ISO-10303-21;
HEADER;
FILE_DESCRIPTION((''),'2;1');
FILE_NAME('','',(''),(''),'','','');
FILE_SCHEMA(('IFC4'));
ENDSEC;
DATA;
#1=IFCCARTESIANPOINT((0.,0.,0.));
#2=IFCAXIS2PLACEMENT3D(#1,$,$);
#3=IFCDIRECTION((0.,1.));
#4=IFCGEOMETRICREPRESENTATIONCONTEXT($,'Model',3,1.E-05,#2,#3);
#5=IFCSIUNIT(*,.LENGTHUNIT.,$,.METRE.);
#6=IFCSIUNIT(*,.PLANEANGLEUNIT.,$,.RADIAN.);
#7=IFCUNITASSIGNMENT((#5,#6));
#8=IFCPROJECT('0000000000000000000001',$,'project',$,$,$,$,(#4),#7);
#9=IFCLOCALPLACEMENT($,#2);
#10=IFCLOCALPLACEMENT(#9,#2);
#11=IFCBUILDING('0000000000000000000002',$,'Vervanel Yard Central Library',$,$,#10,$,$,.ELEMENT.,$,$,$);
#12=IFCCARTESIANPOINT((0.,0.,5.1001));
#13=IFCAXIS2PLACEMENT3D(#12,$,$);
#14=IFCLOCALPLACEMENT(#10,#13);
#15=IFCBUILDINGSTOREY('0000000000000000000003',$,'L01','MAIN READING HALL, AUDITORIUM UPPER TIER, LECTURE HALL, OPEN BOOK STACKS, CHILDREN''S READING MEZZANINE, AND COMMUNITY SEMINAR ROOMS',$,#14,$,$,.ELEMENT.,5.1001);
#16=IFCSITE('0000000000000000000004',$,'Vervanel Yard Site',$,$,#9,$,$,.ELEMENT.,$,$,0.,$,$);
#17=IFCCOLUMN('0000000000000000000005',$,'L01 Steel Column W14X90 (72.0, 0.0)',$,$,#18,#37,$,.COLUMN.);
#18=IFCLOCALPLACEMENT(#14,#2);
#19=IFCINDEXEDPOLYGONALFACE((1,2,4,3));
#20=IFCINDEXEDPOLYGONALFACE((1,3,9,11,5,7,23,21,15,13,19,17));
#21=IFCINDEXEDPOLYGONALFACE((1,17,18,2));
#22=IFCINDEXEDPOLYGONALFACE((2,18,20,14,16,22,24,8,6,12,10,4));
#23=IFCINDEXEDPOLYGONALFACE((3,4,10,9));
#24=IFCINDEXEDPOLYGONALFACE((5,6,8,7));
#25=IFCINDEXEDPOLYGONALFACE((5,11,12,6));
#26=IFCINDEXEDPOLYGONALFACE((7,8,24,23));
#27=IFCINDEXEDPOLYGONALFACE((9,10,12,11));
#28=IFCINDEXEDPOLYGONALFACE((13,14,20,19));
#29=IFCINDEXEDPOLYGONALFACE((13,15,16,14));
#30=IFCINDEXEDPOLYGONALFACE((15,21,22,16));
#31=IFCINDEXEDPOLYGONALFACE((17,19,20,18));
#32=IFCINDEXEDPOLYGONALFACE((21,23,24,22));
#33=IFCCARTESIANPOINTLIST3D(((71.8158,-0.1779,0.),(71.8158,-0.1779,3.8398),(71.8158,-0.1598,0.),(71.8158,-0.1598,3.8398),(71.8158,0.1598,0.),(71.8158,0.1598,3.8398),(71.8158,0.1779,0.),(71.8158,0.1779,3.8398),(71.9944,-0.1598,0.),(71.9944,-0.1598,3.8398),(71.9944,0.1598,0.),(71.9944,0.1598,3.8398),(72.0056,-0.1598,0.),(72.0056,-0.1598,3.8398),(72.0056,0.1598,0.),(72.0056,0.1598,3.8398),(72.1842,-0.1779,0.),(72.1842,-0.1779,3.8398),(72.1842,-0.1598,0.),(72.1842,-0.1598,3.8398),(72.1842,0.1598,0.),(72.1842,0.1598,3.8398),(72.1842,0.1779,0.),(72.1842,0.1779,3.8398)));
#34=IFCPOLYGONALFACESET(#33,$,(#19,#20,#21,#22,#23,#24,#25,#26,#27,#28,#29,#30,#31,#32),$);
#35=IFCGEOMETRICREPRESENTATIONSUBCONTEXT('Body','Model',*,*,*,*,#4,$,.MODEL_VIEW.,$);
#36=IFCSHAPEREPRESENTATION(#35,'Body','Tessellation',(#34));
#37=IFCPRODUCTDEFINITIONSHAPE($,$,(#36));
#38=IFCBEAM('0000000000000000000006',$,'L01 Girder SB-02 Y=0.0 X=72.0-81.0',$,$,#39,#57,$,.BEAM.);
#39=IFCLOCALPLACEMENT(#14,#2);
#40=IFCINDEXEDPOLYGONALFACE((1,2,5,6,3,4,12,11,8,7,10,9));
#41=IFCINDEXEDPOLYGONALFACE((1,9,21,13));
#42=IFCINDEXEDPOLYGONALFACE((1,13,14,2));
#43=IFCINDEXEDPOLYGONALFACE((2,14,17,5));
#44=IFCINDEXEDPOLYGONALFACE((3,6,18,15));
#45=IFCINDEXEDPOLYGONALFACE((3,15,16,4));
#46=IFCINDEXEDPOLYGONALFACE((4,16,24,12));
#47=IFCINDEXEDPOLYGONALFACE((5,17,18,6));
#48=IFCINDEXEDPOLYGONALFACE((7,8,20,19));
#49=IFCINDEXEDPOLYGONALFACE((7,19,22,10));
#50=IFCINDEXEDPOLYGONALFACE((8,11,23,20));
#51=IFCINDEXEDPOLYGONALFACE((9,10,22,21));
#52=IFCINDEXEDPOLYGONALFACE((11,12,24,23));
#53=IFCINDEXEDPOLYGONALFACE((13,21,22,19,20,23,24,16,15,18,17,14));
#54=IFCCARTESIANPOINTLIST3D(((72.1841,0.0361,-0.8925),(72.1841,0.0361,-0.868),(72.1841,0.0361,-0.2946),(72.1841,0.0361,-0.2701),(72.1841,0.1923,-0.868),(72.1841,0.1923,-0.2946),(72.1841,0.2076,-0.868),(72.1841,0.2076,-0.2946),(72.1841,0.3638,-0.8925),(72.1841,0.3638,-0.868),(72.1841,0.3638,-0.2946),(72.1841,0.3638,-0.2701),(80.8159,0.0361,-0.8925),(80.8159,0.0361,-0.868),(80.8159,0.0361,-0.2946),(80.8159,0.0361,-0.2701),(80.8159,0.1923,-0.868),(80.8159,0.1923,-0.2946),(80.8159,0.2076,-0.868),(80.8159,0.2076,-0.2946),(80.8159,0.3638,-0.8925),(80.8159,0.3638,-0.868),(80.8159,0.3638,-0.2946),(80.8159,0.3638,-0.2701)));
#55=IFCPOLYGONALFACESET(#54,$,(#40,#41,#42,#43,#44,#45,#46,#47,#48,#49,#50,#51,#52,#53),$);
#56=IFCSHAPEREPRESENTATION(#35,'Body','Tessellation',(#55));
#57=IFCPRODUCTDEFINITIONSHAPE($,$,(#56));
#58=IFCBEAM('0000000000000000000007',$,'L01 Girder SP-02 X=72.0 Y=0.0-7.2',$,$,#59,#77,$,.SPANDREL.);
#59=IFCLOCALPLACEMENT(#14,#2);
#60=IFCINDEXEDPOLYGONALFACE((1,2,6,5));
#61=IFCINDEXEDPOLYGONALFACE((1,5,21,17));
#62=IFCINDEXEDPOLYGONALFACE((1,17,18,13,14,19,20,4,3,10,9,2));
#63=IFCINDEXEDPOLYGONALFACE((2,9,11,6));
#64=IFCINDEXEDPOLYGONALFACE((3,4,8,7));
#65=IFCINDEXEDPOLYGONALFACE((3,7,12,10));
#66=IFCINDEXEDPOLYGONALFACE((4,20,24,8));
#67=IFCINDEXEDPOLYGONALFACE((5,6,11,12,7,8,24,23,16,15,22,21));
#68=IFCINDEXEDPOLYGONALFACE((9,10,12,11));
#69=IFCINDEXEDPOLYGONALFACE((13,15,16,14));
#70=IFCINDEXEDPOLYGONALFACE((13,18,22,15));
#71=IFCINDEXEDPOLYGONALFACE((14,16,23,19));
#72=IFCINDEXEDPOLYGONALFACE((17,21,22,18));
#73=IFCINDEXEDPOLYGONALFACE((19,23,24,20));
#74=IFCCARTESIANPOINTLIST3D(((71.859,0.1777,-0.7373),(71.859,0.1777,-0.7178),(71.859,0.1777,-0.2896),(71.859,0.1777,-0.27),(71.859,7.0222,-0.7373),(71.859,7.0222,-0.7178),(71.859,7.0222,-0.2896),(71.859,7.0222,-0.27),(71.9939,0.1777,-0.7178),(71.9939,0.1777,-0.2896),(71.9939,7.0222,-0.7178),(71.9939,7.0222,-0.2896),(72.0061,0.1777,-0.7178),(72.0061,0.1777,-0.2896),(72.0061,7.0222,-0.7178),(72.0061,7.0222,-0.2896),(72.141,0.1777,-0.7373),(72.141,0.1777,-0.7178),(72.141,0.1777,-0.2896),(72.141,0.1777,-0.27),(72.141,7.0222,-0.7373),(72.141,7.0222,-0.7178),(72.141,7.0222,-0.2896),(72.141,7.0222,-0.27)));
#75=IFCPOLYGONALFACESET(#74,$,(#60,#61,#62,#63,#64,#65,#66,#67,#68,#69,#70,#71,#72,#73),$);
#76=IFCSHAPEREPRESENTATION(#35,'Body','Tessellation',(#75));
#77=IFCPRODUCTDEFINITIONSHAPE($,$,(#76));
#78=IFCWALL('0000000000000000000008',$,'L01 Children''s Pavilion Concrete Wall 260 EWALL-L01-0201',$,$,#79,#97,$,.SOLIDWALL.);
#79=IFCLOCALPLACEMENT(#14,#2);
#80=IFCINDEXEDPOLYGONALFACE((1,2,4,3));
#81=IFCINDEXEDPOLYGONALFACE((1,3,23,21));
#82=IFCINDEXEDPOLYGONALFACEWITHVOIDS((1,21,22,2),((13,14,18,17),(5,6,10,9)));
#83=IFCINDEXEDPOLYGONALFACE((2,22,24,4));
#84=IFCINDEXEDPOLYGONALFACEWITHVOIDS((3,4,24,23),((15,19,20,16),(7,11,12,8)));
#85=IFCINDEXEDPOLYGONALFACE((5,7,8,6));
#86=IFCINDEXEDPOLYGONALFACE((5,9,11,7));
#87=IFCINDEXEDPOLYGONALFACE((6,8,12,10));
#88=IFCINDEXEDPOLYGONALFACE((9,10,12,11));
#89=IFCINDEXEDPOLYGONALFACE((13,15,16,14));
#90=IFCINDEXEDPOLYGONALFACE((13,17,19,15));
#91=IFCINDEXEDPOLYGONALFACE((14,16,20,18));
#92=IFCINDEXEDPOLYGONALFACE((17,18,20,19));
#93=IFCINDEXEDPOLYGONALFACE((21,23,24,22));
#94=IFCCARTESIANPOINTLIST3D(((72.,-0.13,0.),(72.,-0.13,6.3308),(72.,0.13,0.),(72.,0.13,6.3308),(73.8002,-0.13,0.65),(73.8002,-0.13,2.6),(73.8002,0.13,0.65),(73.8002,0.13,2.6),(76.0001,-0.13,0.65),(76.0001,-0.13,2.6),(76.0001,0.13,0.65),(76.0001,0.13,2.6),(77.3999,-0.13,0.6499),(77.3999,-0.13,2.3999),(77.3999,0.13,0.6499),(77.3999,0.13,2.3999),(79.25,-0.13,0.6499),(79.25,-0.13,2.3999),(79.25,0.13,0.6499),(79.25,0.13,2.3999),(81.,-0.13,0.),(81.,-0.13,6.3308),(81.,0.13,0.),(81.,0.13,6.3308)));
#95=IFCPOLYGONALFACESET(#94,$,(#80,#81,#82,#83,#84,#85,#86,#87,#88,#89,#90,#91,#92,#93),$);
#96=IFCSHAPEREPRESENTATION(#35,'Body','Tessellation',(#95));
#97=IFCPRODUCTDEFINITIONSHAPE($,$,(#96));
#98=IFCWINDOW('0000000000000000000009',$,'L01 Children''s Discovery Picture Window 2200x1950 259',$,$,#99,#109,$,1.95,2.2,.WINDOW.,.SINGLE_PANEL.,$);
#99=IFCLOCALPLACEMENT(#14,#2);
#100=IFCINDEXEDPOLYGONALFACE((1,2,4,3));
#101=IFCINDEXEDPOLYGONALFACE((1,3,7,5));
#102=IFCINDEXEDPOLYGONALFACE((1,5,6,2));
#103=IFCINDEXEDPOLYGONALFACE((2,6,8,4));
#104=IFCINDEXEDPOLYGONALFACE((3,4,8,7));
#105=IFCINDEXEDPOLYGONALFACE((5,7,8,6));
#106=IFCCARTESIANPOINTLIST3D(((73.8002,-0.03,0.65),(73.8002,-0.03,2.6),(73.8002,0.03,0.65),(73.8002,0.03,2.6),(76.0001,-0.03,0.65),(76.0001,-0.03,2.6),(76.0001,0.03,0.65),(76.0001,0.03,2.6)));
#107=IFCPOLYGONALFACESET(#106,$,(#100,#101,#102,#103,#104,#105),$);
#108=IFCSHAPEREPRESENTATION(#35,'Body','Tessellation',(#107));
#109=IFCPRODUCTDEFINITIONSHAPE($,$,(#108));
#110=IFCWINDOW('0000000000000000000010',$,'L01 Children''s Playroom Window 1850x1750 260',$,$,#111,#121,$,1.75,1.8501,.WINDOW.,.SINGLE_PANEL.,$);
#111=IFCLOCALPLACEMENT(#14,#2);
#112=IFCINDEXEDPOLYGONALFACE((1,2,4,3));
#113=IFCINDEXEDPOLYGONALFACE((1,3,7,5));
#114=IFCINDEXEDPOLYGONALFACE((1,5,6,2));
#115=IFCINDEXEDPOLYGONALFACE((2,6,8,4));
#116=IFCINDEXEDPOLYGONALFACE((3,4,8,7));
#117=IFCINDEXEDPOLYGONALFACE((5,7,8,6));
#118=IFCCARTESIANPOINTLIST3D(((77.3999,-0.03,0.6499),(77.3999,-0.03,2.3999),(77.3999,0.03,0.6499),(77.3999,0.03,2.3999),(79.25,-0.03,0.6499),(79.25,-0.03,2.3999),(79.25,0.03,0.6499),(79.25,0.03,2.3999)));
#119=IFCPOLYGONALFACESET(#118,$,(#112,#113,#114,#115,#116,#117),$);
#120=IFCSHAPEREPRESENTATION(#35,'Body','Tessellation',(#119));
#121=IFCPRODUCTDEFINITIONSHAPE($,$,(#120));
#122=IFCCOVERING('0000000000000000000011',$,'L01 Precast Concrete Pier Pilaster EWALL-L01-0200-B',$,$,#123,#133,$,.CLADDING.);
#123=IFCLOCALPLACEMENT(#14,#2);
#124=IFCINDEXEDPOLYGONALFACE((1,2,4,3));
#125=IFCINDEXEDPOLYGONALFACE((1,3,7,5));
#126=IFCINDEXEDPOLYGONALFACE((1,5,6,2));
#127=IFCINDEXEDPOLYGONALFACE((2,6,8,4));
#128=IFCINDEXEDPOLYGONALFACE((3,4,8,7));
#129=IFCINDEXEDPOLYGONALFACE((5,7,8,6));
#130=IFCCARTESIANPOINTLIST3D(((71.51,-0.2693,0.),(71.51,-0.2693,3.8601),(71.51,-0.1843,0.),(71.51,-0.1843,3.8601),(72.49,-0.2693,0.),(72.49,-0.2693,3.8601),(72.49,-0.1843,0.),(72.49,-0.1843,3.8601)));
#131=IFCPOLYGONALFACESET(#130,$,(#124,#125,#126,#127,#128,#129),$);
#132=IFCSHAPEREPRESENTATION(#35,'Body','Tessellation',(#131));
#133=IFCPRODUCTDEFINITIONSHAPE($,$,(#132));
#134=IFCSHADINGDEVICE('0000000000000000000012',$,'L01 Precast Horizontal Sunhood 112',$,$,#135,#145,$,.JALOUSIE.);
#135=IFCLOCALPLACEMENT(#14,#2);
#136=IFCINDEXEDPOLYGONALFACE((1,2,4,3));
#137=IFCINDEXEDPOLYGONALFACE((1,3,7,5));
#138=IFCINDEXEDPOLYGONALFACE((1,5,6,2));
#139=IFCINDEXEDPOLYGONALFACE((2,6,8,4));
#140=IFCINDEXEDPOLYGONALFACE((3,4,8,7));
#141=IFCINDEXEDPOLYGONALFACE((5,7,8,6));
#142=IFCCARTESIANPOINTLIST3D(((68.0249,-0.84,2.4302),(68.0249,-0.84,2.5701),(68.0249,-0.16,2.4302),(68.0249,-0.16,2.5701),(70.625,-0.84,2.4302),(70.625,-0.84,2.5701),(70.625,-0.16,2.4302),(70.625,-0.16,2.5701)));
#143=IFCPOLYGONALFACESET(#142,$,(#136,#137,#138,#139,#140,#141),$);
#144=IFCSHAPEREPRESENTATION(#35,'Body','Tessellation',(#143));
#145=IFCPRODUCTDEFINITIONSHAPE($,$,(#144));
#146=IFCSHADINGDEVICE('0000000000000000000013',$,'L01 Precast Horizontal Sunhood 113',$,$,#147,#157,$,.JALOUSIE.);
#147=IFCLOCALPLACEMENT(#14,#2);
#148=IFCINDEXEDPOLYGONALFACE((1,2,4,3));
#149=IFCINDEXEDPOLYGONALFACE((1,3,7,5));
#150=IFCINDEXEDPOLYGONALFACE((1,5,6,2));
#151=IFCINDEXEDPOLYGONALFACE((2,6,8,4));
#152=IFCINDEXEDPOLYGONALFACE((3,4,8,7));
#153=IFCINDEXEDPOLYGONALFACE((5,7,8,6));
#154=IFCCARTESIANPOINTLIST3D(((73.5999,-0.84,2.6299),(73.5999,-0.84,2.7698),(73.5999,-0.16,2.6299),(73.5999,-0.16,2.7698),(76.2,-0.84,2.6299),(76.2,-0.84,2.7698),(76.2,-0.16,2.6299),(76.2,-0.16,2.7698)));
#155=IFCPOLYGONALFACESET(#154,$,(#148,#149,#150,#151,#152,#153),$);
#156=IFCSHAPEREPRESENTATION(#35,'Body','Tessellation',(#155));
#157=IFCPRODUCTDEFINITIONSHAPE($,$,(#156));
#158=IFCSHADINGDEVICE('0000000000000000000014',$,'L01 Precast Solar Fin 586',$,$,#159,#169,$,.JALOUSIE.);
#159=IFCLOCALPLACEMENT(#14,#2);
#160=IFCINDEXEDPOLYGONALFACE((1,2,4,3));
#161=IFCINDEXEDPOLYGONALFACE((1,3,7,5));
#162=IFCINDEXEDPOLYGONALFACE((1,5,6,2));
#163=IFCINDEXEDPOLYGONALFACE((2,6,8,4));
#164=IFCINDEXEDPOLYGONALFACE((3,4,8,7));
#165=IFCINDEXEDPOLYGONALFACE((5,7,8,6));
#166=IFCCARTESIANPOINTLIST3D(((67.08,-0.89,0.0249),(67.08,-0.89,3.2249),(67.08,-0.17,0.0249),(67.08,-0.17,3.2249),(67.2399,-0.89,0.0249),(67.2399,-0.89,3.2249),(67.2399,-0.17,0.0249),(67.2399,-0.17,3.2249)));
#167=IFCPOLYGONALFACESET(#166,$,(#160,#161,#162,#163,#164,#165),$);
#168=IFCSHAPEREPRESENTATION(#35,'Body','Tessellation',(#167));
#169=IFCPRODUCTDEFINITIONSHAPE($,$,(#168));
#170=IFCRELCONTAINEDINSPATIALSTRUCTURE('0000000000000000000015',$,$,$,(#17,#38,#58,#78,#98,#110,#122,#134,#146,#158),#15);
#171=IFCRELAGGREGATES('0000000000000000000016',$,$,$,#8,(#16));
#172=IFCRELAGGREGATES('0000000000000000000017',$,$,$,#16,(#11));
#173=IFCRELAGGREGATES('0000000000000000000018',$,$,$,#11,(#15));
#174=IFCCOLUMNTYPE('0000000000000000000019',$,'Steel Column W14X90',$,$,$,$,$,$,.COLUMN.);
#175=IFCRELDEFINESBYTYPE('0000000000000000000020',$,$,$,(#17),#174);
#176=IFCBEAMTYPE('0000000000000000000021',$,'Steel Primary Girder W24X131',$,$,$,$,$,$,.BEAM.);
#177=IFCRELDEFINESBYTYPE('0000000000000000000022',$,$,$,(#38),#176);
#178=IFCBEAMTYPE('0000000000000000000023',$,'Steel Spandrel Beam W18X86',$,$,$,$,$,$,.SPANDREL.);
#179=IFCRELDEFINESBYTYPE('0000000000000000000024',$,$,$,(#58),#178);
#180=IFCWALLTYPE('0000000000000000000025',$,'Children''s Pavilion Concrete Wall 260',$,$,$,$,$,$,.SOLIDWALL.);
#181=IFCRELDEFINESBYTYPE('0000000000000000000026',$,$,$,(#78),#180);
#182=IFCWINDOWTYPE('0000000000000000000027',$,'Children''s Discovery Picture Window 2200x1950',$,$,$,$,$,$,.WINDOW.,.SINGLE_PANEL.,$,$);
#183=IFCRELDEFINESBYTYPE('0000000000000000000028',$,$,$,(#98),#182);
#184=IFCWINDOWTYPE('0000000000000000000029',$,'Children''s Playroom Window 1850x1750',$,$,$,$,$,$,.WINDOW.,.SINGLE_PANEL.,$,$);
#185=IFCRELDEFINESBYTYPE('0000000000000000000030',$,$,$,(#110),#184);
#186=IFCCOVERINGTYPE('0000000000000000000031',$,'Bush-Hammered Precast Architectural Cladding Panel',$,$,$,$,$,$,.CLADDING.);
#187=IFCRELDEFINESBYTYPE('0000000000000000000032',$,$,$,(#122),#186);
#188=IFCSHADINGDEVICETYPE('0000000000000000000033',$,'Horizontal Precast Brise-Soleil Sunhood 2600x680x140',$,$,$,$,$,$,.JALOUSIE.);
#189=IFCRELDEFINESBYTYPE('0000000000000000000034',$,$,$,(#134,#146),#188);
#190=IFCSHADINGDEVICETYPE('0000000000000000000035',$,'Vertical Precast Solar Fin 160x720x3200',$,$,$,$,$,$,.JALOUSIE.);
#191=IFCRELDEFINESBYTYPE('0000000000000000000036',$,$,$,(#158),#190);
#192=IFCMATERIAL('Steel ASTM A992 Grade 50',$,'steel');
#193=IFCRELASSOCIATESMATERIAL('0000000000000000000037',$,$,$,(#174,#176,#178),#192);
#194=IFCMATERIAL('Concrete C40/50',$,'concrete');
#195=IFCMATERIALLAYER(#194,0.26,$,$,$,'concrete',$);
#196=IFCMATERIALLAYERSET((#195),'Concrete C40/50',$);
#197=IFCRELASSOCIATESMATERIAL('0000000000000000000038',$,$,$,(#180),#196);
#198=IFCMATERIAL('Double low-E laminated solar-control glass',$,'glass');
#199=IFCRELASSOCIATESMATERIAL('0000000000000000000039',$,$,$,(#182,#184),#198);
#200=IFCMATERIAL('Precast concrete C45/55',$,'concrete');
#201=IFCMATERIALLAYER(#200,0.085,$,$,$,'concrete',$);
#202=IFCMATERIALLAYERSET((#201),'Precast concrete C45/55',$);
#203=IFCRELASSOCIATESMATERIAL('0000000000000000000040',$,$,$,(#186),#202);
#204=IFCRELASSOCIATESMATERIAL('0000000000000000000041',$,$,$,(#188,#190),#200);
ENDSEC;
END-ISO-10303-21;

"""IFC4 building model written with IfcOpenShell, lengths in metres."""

from ifc_helpers import new_model, si_unit, direction, frame, frame_2d, origin, origin_2d, place, context, subcontext, project, spatial, rectangle, i_section, extrude, material, layer, layer_set, material_profile, profile_set, type_object, element, fill, save


model = new_model("IFC4")

# Units and contexts
model_context = context("Model", 3, precision=1e-05, world=origin(), true_north=direction((0.0, 1.0)))
body_context = subcontext(model_context, "Body", "Model", "MODEL_VIEW")
ifc_project = project(units=[si_unit("LENGTHUNIT", "METRE"), si_unit("PLANEANGLEUNIT", "RADIAN")], contexts=[model_context])

# Site, building, storey
site_placement = place(None, origin())
site = spatial("IfcSite", under=ifc_project, at=site_placement, Name="Vervanel Yard Site", CompositionType="ELEMENT", RefElevation=0.0)
building_placement = place(site_placement, origin())
building = spatial("IfcBuilding", under=site, at=building_placement, Name="Vervanel Yard Central Library", CompositionType="ELEMENT")
storey_placement = place(building_placement, frame((0.0, 0.0, 5.1001)))
storey = spatial("IfcBuildingStorey", under=building, at=storey_placement, Name="L01", Description="MAIN READING HALL, AUDITORIUM UPPER TIER, LECTURE HALL, OPEN BOOK STACKS, CHILDREN'S READING MEZZANINE, AND COMMUNITY SEMINAR ROOMS", CompositionType="ELEMENT", Elevation=5.1001)

# Column
ifc_material_1 = material(Name="Steel ASTM A992 Grade 50", Category="steel")
ifc_material_profile_1 = material_profile(ifc_material_1, i_section(OverallWidth=0.3684, OverallDepth=0.3557, WebThickness=0.0112, FlangeThickness=0.0181, at=origin_2d()), Name="W14X90", Category="steel")
ifc_profile_set_1 = profile_set([ifc_material_profile_1], Name="Steel ASTM A992 Grade 50")
column_type = type_object("IfcColumnType", Name="Steel Column W14X90", PredefinedType="COLUMN", material=ifc_profile_set_1)
column_placement = place(storey_placement, frame((72.0, 0.0, 0.0), z_axis=(0.0, 0.0, 1.0), x_axis=(1.0, 0.0, 0.0)))
element("IfcColumn", 1, at=column_placement, inside=storey, type_object=column_type, Name="L01 Steel Column W14X90 (72.0, 0.0)", PredefinedType="COLUMN", context=body_context, shape_type="SweptSolid", body=[
    extrude(i_section(OverallWidth=0.3684, OverallDepth=0.3557, WebThickness=0.0112, FlangeThickness=0.0181, at=origin_2d()), origin(), (0.0, 0.0, 1.0), 3.8398),
])

# Beams
ifc_material_profile_2 = material_profile(ifc_material_1, i_section(OverallWidth=0.3276, OverallDepth=0.6223, WebThickness=0.0154, FlangeThickness=0.0244, at=origin_2d()), Name="W24X131", Category="steel")
ifc_profile_set_2 = profile_set([ifc_material_profile_2], Name="Steel ASTM A992 Grade 50")
beam_type_1 = type_object("IfcBeamType", Name="Steel Primary Girder W24X131", PredefinedType="BEAM", material=ifc_profile_set_2)
beam_1_placement = place(storey_placement, frame((72.1841, 0.2, -0.5813), z_axis=(1.0, 0.0, 0.0), x_axis=(0.0, 1.0, 0.0)))
element("IfcBeam", 2, at=beam_1_placement, inside=storey, type_object=beam_type_1, Name="L01 Girder SB-02 Y=0.0 X=72.0-81.0", PredefinedType="BEAM", context=body_context, shape_type="SweptSolid", body=[
    extrude(i_section(OverallWidth=0.3276, OverallDepth=0.6223, WebThickness=0.0154, FlangeThickness=0.0244, at=origin_2d()), origin(), (0.0, 0.0, 1.0), 8.6318),
])
ifc_material_profile_3 = material_profile(ifc_material_1, i_section(OverallWidth=0.282, OverallDepth=0.4673, WebThickness=0.0122, FlangeThickness=0.0195, at=origin_2d()), Name="W18X86", Category="steel")
ifc_profile_set_3 = profile_set([ifc_material_profile_3], Name="Steel ASTM A992 Grade 50")
beam_type_2 = type_object("IfcBeamType", Name="Steel Spandrel Beam W18X86", PredefinedType="SPANDREL", material=ifc_profile_set_3)
beam_2_placement = place(storey_placement, frame((72.0, 0.1777, -0.5037), z_axis=(0.0, 1.0, 0.0), x_axis=(-1.0, 0.0, 0.0)))
element("IfcBeam", 3, at=beam_2_placement, inside=storey, type_object=beam_type_2, Name="L01 Girder SP-02 X=72.0 Y=0.0-7.2", PredefinedType="SPANDREL", context=body_context, shape_type="SweptSolid", body=[
    extrude(i_section(OverallWidth=0.282, OverallDepth=0.4673, WebThickness=0.0122, FlangeThickness=0.0195, at=origin_2d()), origin(), (0.0, 0.0, 1.0), 6.8445),
])

# Wall, openings, windows
ifc_material_2 = material(Name="Concrete C40/50", Category="concrete")
ifc_layer_1 = layer(ifc_material_2, 0.26, Category="concrete")
ifc_layer_set_1 = layer_set([ifc_layer_1], Name="Concrete C40/50")
wall_type = type_object("IfcWallType", Name="Children's Pavilion Concrete Wall 260", PredefinedType="SOLIDWALL", material=ifc_layer_set_1)
wall_placement = place(storey_placement, frame((72.0, 0.0, 0.0), z_axis=(0.0, 0.0, 1.0), x_axis=(1.0, 0.0, 0.0)))
wall = element("IfcWall", 4, at=wall_placement, inside=storey, type_object=wall_type, Name="L01 Children's Pavilion Concrete Wall 260 EWALL-L01-0201", PredefinedType="SOLIDWALL", context=body_context, shape_type="SweptSolid", body=[
    extrude(rectangle(XDim=9.0, YDim=0.26, at=frame_2d((4.5, 0.0))), origin(), (0.0, 0.0, 1.0), 6.3308),
])
opening_1_placement = place(wall_placement, frame((1.8, 0.0, 0.6499)))
opening_1 = element("IfcOpeningElement", 5, at=opening_1_placement, cuts=wall, PredefinedType="OPENING", context=body_context, shape_type="SweptSolid", body=[
    extrude(rectangle(XDim=2.2, YDim=1.95, at=frame_2d((1.1001, 0.9751))), frame((0.0, 0.1399, 0.0), z_axis=(0.0, -1.0, 0.0), x_axis=(1.0, 0.0, 0.0)), (0.0, 0.0, 1.0), 0.28),
])
opening_2_placement = place(wall_placement, frame((5.3999, 0.0, 0.6499)))
opening_2 = element("IfcOpeningElement", 6, at=opening_2_placement, cuts=wall, PredefinedType="OPENING", context=body_context, shape_type="SweptSolid", body=[
    extrude(rectangle(XDim=1.8501, YDim=1.75, at=frame_2d((0.925, 0.875))), frame((0.0, 0.1399, 0.0), z_axis=(0.0, -1.0, 0.0), x_axis=(1.0, 0.0, 0.0)), (0.0, 0.0, 1.0), 0.28),
])
ifc_material_3 = material(Name="Double low-E laminated solar-control glass", Category="glass")
window_type_1 = type_object("IfcWindowType", Name="Children's Discovery Picture Window 2200x1950", PartitioningType="SINGLE_PANEL", PredefinedType="WINDOW", material=ifc_material_3)
window_1_placement = place(opening_1_placement, origin())
window_1 = element("IfcWindow", 7, at=window_1_placement, inside=storey, type_object=window_type_1, Name="L01 Children's Discovery Picture Window 2200x1950 259", OverallHeight=1.95, OverallWidth=2.2, PartitioningType="SINGLE_PANEL", PredefinedType="WINDOW", context=body_context, shape_type="SweptSolid", body=[
    extrude(rectangle(XDim=2.2, YDim=1.95, at=frame_2d((1.1001, 0.9751))), frame((0.0, 0.03, 0.0), z_axis=(0.0, -1.0, 0.0), x_axis=(1.0, 0.0, 0.0)), (0.0, 0.0, 1.0), 0.0601),
])
fill(opening_1, window_1)
window_type_2 = type_object("IfcWindowType", Name="Children's Playroom Window 1850x1750", PartitioningType="SINGLE_PANEL", PredefinedType="WINDOW", material=ifc_material_3)
window_2_placement = place(opening_2_placement, origin())
window_2 = element("IfcWindow", 8, at=window_2_placement, inside=storey, type_object=window_type_2, Name="L01 Children's Playroom Window 1850x1750 260", OverallHeight=1.75, OverallWidth=1.8501, PartitioningType="SINGLE_PANEL", PredefinedType="WINDOW", context=body_context, shape_type="SweptSolid", body=[
    extrude(rectangle(XDim=1.8501, YDim=1.75, at=frame_2d((0.925, 0.875))), frame((0.0, 0.03, 0.0), z_axis=(0.0, -1.0, 0.0), x_axis=(1.0, 0.0, 0.0)), (0.0, 0.0, 1.0), 0.0601),
])
fill(opening_2, window_2)

# Covering
ifc_material_4 = material(Name="Precast concrete C45/55", Category="concrete")
ifc_layer_2 = layer(ifc_material_4, 0.085, Category="concrete")
ifc_layer_set_2 = layer_set([ifc_layer_2], Name="Precast concrete C45/55")
covering_type = type_object("IfcCoveringType", Name="Bush-Hammered Precast Architectural Cladding Panel", PredefinedType="CLADDING", material=ifc_layer_set_2)
covering_placement = place(storey_placement, frame((72.0, -0.2268, 0.0), z_axis=(0.0, 0.0, 1.0), x_axis=(1.0, 0.0, 0.0)))
element("IfcCovering", 9, at=covering_placement, inside=storey, type_object=covering_type, Name="L01 Precast Concrete Pier Pilaster EWALL-L01-0200-B", PredefinedType="CLADDING", context=body_context, shape_type="SweptSolid", body=[
    extrude(rectangle(XDim=0.98, YDim=0.085, at=origin_2d()), origin(), (0.0, 0.0, 1.0), 3.8601),
])

# Shading devices
shading_device_type_1 = type_object("IfcShadingDeviceType", Name="Horizontal Precast Brise-Soleil Sunhood 2600x680x140", PredefinedType="JALOUSIE", material=ifc_material_4)
for number, where, z_axis, x_axis, name in (
    (10, (69.325, -0.5, 2.4302), (0.0, 0.0, 1.0), (1.0, 0.0, 0.0), "L01 Precast Horizontal Sunhood 112"),
    (11, (74.8999, -0.5, 2.6299), (0.0, 0.0, 1.0), (1.0, 0.0, 0.0), "L01 Precast Horizontal Sunhood 113"),
):
    element("IfcShadingDevice", number, at=place(storey_placement, frame(where, z_axis=z_axis, x_axis=x_axis)), inside=storey, type_object=shading_device_type_1, Name=name, PredefinedType="JALOUSIE", context=body_context, shape_type="SweptSolid", body=[
        extrude(rectangle(XDim=2.6001, YDim=0.6799, at=origin_2d()), origin(), (0.0, 0.0, 1.0), 0.1399),
    ])
shading_device_type_2 = type_object("IfcShadingDeviceType", Name="Vertical Precast Solar Fin 160x720x3200", PredefinedType="JALOUSIE", material=ifc_material_4)
for number, where, z_axis, x_axis, name in (
    (12, (67.1599, -0.53, 0.0249), (0.0, 0.0, 1.0), (1.0, 0.0, 0.0), "L01 Precast Solar Fin 586"),
):
    element("IfcShadingDevice", number, at=place(storey_placement, frame(where, z_axis=z_axis, x_axis=x_axis)), inside=storey, type_object=shading_device_type_2, Name=name, PredefinedType="JALOUSIE", context=body_context, shape_type="SweptSolid", body=[
        extrude(rectangle(XDim=0.1599, YDim=0.72, at=origin_2d()), origin(), (0.0, 0.0, 1.0), 3.2),
    ])

save(model, "model.ifc")
